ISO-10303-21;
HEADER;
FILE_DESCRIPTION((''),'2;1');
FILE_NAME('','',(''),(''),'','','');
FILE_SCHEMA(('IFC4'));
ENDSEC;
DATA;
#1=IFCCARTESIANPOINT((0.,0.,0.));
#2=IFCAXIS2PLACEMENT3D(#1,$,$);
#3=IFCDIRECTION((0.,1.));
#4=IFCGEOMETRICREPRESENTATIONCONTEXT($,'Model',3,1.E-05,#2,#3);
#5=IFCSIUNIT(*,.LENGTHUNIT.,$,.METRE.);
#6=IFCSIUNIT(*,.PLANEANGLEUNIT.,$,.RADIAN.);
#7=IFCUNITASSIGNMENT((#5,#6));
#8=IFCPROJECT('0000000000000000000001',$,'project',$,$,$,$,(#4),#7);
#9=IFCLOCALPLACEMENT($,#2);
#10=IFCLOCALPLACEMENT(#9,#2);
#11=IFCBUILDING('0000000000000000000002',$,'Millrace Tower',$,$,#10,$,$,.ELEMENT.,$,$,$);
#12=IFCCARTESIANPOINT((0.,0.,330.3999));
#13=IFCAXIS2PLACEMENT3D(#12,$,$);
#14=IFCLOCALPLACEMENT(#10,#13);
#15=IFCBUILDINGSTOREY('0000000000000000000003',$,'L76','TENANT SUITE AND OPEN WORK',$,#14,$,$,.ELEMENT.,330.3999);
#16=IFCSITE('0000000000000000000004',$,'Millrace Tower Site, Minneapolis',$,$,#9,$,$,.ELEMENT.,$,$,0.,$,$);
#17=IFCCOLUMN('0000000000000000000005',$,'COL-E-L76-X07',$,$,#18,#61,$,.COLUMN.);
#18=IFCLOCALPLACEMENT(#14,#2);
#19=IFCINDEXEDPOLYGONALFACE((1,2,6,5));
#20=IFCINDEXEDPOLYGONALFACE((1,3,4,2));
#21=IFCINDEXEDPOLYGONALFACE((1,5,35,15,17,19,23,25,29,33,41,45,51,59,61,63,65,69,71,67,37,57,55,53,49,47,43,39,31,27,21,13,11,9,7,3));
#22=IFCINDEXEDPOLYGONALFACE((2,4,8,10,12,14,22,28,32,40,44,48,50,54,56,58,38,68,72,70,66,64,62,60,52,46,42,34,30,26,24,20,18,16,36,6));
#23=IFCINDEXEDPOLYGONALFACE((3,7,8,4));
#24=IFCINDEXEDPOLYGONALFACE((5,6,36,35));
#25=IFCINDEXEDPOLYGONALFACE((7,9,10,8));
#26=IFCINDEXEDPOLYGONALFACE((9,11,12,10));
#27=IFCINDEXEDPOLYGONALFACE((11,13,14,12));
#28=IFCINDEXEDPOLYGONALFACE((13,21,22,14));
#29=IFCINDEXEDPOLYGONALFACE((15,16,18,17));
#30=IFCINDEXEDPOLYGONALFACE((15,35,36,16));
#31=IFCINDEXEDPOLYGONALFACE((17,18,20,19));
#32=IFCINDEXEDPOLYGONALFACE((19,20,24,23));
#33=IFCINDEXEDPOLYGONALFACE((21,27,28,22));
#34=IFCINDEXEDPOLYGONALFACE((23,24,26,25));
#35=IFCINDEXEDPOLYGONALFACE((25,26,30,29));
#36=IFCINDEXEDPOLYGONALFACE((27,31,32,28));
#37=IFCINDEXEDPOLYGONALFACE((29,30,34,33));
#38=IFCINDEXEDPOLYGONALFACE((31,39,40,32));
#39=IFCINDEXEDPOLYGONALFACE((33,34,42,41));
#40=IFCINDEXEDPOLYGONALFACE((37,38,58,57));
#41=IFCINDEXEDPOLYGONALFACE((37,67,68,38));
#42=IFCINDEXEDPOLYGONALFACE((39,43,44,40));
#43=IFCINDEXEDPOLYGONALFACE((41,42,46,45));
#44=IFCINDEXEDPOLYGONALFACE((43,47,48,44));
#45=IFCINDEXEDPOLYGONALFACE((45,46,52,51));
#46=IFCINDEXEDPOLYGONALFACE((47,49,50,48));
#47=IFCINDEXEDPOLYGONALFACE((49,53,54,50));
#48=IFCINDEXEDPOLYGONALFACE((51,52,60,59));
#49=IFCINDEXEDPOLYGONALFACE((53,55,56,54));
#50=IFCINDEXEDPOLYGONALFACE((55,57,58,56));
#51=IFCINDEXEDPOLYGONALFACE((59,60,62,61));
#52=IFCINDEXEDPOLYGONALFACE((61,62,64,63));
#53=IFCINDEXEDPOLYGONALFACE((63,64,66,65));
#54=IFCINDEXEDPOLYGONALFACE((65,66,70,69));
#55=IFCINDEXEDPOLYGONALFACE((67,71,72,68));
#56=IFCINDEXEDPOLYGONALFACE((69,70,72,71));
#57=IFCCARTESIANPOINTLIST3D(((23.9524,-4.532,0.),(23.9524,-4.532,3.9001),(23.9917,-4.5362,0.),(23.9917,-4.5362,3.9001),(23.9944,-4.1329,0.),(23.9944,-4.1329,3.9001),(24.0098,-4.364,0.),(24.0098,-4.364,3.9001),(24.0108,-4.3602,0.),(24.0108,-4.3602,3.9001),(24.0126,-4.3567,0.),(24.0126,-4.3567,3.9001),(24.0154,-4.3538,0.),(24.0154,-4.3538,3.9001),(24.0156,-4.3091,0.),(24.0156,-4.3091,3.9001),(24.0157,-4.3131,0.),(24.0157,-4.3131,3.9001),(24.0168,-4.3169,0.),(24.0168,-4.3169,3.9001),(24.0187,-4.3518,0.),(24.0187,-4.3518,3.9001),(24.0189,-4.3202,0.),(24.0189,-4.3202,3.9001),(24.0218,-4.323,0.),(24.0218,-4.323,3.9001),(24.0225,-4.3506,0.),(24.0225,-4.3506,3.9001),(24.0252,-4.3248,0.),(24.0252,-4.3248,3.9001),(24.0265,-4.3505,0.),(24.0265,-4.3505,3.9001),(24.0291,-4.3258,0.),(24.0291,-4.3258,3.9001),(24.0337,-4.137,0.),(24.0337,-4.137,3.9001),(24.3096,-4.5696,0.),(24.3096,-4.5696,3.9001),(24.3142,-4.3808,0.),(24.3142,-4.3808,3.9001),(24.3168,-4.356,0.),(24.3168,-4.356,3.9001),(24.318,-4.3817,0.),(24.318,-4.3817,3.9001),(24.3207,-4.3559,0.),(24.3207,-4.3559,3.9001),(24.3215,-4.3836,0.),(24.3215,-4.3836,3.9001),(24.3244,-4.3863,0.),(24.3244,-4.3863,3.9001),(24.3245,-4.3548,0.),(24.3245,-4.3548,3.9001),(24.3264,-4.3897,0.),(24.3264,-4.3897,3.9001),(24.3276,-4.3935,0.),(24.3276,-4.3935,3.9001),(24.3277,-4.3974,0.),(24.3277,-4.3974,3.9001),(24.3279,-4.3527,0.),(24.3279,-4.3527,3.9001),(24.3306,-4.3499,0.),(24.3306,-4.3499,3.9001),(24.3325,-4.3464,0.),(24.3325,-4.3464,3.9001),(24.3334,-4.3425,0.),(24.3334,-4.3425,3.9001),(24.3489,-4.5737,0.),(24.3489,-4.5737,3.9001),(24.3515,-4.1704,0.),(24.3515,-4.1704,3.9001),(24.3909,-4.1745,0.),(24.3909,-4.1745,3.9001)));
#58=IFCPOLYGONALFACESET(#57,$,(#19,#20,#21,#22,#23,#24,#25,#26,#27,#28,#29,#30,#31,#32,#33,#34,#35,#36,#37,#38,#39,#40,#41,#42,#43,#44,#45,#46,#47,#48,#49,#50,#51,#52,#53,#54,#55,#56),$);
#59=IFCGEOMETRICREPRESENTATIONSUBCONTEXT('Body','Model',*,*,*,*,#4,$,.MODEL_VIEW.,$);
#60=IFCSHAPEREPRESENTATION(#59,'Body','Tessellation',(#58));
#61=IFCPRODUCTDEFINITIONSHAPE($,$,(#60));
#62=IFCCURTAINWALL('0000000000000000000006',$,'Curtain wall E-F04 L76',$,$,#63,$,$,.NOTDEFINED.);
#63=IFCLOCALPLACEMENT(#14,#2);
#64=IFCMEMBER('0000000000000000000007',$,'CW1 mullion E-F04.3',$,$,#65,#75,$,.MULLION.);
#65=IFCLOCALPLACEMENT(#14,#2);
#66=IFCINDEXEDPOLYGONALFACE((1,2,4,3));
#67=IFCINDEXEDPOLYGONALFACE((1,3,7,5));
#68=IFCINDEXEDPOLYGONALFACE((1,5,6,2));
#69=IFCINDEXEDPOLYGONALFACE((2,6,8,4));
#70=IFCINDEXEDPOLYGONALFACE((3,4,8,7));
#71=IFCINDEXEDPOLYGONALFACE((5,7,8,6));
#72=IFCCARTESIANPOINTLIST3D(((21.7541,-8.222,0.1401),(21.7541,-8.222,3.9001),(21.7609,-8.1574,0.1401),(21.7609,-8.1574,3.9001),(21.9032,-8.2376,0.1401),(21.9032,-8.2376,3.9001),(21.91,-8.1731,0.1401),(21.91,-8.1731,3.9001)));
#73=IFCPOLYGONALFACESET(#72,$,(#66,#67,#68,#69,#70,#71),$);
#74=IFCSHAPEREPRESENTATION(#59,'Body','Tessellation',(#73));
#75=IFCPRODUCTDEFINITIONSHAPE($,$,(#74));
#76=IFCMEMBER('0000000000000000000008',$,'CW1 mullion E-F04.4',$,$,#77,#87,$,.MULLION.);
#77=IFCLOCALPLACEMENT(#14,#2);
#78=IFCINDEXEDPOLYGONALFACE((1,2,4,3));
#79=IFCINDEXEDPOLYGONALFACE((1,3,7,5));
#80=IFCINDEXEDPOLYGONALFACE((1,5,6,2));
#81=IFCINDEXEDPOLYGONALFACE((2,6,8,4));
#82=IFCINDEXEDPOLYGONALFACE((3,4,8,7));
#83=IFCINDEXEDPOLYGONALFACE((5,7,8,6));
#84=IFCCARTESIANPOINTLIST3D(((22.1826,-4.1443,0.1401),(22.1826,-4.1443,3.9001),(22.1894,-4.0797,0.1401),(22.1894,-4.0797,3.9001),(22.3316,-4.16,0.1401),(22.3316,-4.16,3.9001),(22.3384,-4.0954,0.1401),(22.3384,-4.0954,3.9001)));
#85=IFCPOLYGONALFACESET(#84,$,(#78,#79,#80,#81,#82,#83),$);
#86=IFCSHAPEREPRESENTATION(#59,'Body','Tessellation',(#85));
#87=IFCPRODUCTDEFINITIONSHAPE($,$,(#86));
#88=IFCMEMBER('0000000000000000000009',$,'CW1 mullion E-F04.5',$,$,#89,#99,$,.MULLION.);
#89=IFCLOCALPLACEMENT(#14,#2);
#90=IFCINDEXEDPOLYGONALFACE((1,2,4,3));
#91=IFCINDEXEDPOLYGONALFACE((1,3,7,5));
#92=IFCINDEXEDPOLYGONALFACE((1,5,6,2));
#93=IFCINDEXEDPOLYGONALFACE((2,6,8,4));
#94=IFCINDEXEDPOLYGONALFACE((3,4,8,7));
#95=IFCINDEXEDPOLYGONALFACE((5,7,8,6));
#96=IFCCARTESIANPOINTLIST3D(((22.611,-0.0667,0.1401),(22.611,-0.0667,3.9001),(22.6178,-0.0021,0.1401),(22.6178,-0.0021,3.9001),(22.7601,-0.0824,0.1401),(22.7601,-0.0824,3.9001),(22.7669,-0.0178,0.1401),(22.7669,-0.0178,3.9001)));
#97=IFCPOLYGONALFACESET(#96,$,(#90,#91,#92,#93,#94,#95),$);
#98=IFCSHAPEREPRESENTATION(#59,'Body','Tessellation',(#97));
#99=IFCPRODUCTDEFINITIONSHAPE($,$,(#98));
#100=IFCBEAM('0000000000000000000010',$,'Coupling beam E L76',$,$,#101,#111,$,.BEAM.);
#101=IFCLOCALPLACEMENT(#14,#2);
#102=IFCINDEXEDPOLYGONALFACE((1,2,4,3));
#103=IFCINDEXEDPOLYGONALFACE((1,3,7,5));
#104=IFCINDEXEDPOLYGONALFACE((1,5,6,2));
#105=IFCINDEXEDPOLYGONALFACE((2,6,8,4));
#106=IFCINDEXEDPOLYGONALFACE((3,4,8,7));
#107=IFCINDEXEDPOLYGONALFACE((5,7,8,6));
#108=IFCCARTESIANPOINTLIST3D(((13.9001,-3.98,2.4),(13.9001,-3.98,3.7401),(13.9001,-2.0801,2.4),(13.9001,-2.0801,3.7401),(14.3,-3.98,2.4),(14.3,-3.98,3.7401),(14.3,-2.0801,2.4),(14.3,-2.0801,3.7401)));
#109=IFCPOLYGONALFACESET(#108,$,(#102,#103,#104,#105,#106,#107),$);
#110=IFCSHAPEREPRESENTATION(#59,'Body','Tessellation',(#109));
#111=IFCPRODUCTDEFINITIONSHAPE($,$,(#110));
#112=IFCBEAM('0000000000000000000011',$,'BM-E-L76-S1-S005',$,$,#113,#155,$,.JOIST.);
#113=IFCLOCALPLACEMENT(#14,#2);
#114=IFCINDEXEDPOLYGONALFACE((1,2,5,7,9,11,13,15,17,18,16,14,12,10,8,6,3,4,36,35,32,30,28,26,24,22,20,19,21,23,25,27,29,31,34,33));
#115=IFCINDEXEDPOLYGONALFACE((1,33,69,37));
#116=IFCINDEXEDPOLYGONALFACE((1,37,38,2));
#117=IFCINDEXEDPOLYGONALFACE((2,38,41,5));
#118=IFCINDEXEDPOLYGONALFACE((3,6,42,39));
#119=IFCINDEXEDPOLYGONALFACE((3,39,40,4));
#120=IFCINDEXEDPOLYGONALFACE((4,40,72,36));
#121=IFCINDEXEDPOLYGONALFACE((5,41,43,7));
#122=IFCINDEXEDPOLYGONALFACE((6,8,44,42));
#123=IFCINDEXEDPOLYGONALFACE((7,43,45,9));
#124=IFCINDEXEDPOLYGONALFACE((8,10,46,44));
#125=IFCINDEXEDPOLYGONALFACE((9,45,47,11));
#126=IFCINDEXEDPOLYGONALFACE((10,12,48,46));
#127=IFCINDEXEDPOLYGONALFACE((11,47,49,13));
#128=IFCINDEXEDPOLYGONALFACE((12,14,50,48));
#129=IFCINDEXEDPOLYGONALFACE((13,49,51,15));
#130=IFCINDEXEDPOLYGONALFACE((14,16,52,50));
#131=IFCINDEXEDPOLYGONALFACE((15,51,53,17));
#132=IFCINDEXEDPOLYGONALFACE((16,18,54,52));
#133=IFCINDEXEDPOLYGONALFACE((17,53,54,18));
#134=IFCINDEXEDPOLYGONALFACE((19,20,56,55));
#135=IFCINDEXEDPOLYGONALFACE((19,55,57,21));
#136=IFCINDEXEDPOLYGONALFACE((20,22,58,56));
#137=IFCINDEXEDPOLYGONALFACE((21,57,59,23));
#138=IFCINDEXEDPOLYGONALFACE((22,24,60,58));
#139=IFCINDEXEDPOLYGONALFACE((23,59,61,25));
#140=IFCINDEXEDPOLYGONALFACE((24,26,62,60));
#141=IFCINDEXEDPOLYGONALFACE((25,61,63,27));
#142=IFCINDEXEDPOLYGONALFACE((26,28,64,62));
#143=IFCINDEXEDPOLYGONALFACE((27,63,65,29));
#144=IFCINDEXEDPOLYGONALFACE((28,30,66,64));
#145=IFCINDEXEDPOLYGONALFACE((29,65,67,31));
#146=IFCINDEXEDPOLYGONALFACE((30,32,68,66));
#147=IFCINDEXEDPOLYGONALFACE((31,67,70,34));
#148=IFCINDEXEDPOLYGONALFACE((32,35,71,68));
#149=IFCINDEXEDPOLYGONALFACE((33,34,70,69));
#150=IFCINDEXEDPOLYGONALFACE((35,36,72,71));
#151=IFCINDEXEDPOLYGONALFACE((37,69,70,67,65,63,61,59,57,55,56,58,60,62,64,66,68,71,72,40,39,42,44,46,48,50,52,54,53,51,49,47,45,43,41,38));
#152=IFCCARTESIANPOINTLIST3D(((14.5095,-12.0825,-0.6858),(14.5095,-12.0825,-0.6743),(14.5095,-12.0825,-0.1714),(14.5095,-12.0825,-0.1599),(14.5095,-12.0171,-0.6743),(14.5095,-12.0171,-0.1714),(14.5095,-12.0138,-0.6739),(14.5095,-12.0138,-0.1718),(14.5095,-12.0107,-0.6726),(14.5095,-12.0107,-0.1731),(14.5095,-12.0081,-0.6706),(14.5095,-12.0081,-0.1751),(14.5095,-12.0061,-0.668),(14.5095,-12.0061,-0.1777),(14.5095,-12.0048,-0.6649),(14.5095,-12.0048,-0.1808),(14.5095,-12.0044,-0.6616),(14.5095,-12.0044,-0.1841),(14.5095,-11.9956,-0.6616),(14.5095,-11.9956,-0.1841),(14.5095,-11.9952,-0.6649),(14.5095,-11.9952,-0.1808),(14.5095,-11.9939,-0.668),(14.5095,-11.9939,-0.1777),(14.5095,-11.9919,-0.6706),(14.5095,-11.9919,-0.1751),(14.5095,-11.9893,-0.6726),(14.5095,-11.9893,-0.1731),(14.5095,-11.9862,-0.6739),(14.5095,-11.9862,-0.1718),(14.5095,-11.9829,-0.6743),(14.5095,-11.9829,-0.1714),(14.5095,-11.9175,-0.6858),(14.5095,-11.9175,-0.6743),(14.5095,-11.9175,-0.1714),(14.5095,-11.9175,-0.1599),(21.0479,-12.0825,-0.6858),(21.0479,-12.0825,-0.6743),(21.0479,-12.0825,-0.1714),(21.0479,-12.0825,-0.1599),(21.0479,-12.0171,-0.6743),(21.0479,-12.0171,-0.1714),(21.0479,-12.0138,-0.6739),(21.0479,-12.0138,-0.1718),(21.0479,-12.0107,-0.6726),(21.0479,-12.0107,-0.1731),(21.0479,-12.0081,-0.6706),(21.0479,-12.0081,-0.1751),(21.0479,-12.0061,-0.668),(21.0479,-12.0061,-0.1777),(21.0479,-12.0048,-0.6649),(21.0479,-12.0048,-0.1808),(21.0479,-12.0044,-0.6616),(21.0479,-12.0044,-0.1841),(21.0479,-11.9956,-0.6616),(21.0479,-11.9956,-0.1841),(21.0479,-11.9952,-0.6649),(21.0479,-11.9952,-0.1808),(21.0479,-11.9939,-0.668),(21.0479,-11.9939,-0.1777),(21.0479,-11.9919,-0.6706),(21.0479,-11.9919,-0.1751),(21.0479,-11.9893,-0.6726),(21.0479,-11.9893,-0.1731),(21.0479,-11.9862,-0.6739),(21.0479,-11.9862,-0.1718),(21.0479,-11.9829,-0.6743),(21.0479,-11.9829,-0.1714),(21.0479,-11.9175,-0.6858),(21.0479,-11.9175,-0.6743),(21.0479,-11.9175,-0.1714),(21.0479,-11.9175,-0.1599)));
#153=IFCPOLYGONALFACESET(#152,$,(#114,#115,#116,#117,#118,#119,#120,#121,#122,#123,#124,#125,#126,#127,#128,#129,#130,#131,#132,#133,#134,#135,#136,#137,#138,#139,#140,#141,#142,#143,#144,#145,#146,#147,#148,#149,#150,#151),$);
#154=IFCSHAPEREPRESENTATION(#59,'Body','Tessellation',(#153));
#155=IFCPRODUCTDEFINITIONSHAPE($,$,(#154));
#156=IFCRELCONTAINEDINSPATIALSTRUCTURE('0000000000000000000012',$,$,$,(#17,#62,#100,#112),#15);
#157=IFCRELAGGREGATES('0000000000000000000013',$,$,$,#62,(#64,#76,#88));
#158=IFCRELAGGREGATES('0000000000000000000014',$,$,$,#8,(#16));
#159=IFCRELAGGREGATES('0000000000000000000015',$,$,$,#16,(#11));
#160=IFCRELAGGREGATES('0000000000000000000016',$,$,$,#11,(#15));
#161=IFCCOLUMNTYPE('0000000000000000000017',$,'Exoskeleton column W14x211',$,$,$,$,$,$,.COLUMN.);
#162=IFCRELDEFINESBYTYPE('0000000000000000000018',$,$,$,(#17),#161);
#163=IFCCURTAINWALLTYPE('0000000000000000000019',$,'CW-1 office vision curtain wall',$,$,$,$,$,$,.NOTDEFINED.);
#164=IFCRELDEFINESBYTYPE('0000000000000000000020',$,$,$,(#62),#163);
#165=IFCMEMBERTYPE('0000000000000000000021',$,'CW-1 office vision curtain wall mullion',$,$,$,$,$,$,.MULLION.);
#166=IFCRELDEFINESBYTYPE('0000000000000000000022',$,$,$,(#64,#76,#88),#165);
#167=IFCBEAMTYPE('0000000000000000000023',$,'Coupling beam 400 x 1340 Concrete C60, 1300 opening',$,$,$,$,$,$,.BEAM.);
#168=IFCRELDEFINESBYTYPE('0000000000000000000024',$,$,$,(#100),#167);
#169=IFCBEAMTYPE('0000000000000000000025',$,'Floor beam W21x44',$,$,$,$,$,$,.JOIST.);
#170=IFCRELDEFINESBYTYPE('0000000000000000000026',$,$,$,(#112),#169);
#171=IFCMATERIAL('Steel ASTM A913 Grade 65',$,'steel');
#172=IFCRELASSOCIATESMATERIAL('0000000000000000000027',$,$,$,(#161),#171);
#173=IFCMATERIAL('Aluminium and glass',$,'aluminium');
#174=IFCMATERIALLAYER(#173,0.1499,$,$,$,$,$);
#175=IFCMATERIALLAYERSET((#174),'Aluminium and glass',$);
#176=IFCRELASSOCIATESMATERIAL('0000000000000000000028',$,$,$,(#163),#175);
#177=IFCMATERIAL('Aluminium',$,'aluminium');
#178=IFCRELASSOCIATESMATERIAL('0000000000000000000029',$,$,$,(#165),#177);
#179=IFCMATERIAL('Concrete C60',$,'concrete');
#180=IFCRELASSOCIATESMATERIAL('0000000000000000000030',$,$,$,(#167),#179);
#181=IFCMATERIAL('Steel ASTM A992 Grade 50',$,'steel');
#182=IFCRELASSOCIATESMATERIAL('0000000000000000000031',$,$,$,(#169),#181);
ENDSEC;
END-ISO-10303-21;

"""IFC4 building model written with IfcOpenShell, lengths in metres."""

from ifc_helpers import new_model, si_unit, direction, frame, origin, origin_2d, place, context, subcontext, project, spatial, rectangle, i_section, extrude, material, layer, layer_set, material_profile, profile_set, type_object, element, aggregate, save


model = new_model("IFC4")

# Units and contexts
model_context = context("Model", 3, precision=1e-05, world=origin(), true_north=direction((0.0, 1.0)))
body_context = subcontext(model_context, "Body", "Model", "MODEL_VIEW")
ifc_project = project(units=[si_unit("LENGTHUNIT", "METRE"), si_unit("PLANEANGLEUNIT", "RADIAN")], contexts=[model_context])

# Site, building, storey
site_placement = place(None, origin())
site = spatial("IfcSite", under=ifc_project, at=site_placement, Name="Millrace Tower Site, Minneapolis", CompositionType="ELEMENT", RefElevation=0.0)
building_placement = place(site_placement, origin())
building = spatial("IfcBuilding", under=site, at=building_placement, Name="Millrace Tower", CompositionType="ELEMENT")
storey_placement = place(building_placement, frame((0.0, 0.0, 330.3999)))
storey = spatial("IfcBuildingStorey", under=building, at=storey_placement, Name="L76", Description="TENANT SUITE AND OPEN WORK", CompositionType="ELEMENT", Elevation=330.3999)

# Column
ifc_material_1 = material(Name="Steel ASTM A913 Grade 65", Category="steel")
ifc_material_profile_1 = material_profile(ifc_material_1, i_section(OverallWidth=0.4014, OverallDepth=0.3987, WebThickness=0.0249, FlangeThickness=0.0396, FilletRadius=0.0151, at=origin_2d()))
ifc_profile_set_1 = profile_set([ifc_material_profile_1], Name="Steel ASTM A913 Grade 65")
column_type = type_object("IfcColumnType", Name="Exoskeleton column W14x211", PredefinedType="COLUMN", material=ifc_profile_set_1)
column_placement = place(storey_placement, frame((24.1716, -4.3533, 0.0), z_axis=(0.0, 0.0, 1.0), x_axis=(0.104528, 0.994522, 0.0)))
element("IfcColumn", 1, at=column_placement, inside=storey, type_object=column_type, Name="COL-E-L76-X07", PredefinedType="COLUMN", context=body_context, shape_type="SweptSolid", body=[
    extrude(i_section(OverallWidth=0.4014, OverallDepth=0.3987, WebThickness=0.0249, FlangeThickness=0.0396, FilletRadius=0.0151, at=origin_2d()), origin(), (0.0, 0.0, 1.0), 3.9001),
])

# Curtain wall, members
ifc_material_2 = material(Name="Aluminium and glass", Category="aluminium")
ifc_layer_1 = layer(ifc_material_2, 0.1499)
ifc_layer_set_1 = layer_set([ifc_layer_1], Name="Aluminium and glass")
curtain_wall_type = type_object("IfcCurtainWallType", Name="CW-1 office vision curtain wall", PredefinedType="NOTDEFINED", material=ifc_layer_set_1)
placement = place(storey_placement, origin())
curtain_wall = element("IfcCurtainWall", 2, at=placement, inside=storey, type_object=curtain_wall_type, Name="Curtain wall E-F04 L76", PredefinedType="NOTDEFINED")
ifc_material_3 = material(Name="Aluminium", Category="aluminium")
ifc_material_profile_2 = material_profile(ifc_material_3, rectangle(XDim=0.0649, YDim=0.1499, at=origin_2d()))
ifc_profile_set_2 = profile_set([ifc_material_profile_2], Name="Aluminium")
member_type = type_object("IfcMemberType", Name="CW-1 office vision curtain wall mullion", PredefinedType="MULLION", material=ifc_profile_set_2)
member_1_placement = place(storey_placement, frame((21.832, -8.1975, 0.1401), z_axis=(0.0, 0.0, 1.0), x_axis=(0.104528, 0.994522, 0.0)))
member_1 = element("IfcMember", 3, at=member_1_placement, type_object=member_type, Name="CW1 mullion E-F04.3", PredefinedType="MULLION", context=body_context, shape_type="SweptSolid", body=[
    extrude(rectangle(XDim=0.0649, YDim=0.1499, at=origin_2d()), origin(), (0.0, 0.0, 1.0), 3.76),
])
member_2_placement = place(storey_placement, frame((22.2605, -4.1199, 0.1401), z_axis=(0.0, 0.0, 1.0), x_axis=(0.104528, 0.994522, 0.0)))
member_2 = element("IfcMember", 4, at=member_2_placement, type_object=member_type, Name="CW1 mullion E-F04.4", PredefinedType="MULLION", context=body_context, shape_type="SweptSolid", body=[
    extrude(rectangle(XDim=0.0649, YDim=0.1499, at=origin_2d()), origin(), (0.0, 0.0, 1.0), 3.76),
])
member_3_placement = place(storey_placement, frame((22.689, -0.0422, 0.1401), z_axis=(0.0, 0.0, 1.0), x_axis=(0.104528, 0.994522, 0.0)))
member_3 = element("IfcMember", 5, at=member_3_placement, type_object=member_type, Name="CW1 mullion E-F04.5", PredefinedType="MULLION", context=body_context, shape_type="SweptSolid", body=[
    extrude(rectangle(XDim=0.0649, YDim=0.1499, at=origin_2d()), origin(), (0.0, 0.0, 1.0), 3.76),
])
aggregate(curtain_wall, [member_1, member_2, member_3])

# Beams
ifc_material_4 = material(Name="Concrete C60", Category="concrete")
ifc_material_profile_3 = material_profile(ifc_material_4, rectangle(XDim=0.3999, YDim=1.3401, at=origin_2d()))
ifc_profile_set_3 = profile_set([ifc_material_profile_3], Name="Concrete C60")
beam_type_1 = type_object("IfcBeamType", Name="Coupling beam 400 x 1340 Concrete C60, 1300 opening", PredefinedType="BEAM", material=ifc_profile_set_3)
beam_1_placement = place(storey_placement, frame((14.1001, -2.0801, 3.0701), z_axis=(0.0, -1.0, 0.0), x_axis=(1.0, 0.0, 0.0)))
element("IfcBeam", 6, at=beam_1_placement, inside=storey, type_object=beam_type_1, Name="Coupling beam E L76", PredefinedType="BEAM", context=body_context, shape_type="SweptSolid", body=[
    extrude(rectangle(XDim=0.3999, YDim=1.3401, at=origin_2d()), origin(), (0.0, 0.0, 1.0), 1.8999),
])
ifc_material_5 = material(Name="Steel ASTM A992 Grade 50", Category="steel")
ifc_material_profile_4 = material_profile(ifc_material_5, i_section(OverallWidth=0.165, OverallDepth=0.5259, WebThickness=0.0088, FlangeThickness=0.0115, FilletRadius=0.0127, at=origin_2d()))
ifc_profile_set_4 = profile_set([ifc_material_profile_4], Name="Steel ASTM A992 Grade 50")
beam_type_2 = type_object("IfcBeamType", Name="Floor beam W21x44", PredefinedType="JOIST", material=ifc_profile_set_4)
beam_2_placement = place(storey_placement, frame((14.5095, -12.0, -0.4229), z_axis=(1.0, 0.0, 0.0), x_axis=(0.0, 1.0, 0.0)))
element("IfcBeam", 7, at=beam_2_placement, inside=storey, type_object=beam_type_2, Name="BM-E-L76-S1-S005", PredefinedType="JOIST", context=body_context, shape_type="SweptSolid", body=[
    extrude(i_section(OverallWidth=0.165, OverallDepth=0.5259, WebThickness=0.0088, FlangeThickness=0.0115, FilletRadius=0.0127, at=origin_2d()), origin(), (0.0, 0.0, 1.0), 6.5383),
])

save(model, "model.ifc")
